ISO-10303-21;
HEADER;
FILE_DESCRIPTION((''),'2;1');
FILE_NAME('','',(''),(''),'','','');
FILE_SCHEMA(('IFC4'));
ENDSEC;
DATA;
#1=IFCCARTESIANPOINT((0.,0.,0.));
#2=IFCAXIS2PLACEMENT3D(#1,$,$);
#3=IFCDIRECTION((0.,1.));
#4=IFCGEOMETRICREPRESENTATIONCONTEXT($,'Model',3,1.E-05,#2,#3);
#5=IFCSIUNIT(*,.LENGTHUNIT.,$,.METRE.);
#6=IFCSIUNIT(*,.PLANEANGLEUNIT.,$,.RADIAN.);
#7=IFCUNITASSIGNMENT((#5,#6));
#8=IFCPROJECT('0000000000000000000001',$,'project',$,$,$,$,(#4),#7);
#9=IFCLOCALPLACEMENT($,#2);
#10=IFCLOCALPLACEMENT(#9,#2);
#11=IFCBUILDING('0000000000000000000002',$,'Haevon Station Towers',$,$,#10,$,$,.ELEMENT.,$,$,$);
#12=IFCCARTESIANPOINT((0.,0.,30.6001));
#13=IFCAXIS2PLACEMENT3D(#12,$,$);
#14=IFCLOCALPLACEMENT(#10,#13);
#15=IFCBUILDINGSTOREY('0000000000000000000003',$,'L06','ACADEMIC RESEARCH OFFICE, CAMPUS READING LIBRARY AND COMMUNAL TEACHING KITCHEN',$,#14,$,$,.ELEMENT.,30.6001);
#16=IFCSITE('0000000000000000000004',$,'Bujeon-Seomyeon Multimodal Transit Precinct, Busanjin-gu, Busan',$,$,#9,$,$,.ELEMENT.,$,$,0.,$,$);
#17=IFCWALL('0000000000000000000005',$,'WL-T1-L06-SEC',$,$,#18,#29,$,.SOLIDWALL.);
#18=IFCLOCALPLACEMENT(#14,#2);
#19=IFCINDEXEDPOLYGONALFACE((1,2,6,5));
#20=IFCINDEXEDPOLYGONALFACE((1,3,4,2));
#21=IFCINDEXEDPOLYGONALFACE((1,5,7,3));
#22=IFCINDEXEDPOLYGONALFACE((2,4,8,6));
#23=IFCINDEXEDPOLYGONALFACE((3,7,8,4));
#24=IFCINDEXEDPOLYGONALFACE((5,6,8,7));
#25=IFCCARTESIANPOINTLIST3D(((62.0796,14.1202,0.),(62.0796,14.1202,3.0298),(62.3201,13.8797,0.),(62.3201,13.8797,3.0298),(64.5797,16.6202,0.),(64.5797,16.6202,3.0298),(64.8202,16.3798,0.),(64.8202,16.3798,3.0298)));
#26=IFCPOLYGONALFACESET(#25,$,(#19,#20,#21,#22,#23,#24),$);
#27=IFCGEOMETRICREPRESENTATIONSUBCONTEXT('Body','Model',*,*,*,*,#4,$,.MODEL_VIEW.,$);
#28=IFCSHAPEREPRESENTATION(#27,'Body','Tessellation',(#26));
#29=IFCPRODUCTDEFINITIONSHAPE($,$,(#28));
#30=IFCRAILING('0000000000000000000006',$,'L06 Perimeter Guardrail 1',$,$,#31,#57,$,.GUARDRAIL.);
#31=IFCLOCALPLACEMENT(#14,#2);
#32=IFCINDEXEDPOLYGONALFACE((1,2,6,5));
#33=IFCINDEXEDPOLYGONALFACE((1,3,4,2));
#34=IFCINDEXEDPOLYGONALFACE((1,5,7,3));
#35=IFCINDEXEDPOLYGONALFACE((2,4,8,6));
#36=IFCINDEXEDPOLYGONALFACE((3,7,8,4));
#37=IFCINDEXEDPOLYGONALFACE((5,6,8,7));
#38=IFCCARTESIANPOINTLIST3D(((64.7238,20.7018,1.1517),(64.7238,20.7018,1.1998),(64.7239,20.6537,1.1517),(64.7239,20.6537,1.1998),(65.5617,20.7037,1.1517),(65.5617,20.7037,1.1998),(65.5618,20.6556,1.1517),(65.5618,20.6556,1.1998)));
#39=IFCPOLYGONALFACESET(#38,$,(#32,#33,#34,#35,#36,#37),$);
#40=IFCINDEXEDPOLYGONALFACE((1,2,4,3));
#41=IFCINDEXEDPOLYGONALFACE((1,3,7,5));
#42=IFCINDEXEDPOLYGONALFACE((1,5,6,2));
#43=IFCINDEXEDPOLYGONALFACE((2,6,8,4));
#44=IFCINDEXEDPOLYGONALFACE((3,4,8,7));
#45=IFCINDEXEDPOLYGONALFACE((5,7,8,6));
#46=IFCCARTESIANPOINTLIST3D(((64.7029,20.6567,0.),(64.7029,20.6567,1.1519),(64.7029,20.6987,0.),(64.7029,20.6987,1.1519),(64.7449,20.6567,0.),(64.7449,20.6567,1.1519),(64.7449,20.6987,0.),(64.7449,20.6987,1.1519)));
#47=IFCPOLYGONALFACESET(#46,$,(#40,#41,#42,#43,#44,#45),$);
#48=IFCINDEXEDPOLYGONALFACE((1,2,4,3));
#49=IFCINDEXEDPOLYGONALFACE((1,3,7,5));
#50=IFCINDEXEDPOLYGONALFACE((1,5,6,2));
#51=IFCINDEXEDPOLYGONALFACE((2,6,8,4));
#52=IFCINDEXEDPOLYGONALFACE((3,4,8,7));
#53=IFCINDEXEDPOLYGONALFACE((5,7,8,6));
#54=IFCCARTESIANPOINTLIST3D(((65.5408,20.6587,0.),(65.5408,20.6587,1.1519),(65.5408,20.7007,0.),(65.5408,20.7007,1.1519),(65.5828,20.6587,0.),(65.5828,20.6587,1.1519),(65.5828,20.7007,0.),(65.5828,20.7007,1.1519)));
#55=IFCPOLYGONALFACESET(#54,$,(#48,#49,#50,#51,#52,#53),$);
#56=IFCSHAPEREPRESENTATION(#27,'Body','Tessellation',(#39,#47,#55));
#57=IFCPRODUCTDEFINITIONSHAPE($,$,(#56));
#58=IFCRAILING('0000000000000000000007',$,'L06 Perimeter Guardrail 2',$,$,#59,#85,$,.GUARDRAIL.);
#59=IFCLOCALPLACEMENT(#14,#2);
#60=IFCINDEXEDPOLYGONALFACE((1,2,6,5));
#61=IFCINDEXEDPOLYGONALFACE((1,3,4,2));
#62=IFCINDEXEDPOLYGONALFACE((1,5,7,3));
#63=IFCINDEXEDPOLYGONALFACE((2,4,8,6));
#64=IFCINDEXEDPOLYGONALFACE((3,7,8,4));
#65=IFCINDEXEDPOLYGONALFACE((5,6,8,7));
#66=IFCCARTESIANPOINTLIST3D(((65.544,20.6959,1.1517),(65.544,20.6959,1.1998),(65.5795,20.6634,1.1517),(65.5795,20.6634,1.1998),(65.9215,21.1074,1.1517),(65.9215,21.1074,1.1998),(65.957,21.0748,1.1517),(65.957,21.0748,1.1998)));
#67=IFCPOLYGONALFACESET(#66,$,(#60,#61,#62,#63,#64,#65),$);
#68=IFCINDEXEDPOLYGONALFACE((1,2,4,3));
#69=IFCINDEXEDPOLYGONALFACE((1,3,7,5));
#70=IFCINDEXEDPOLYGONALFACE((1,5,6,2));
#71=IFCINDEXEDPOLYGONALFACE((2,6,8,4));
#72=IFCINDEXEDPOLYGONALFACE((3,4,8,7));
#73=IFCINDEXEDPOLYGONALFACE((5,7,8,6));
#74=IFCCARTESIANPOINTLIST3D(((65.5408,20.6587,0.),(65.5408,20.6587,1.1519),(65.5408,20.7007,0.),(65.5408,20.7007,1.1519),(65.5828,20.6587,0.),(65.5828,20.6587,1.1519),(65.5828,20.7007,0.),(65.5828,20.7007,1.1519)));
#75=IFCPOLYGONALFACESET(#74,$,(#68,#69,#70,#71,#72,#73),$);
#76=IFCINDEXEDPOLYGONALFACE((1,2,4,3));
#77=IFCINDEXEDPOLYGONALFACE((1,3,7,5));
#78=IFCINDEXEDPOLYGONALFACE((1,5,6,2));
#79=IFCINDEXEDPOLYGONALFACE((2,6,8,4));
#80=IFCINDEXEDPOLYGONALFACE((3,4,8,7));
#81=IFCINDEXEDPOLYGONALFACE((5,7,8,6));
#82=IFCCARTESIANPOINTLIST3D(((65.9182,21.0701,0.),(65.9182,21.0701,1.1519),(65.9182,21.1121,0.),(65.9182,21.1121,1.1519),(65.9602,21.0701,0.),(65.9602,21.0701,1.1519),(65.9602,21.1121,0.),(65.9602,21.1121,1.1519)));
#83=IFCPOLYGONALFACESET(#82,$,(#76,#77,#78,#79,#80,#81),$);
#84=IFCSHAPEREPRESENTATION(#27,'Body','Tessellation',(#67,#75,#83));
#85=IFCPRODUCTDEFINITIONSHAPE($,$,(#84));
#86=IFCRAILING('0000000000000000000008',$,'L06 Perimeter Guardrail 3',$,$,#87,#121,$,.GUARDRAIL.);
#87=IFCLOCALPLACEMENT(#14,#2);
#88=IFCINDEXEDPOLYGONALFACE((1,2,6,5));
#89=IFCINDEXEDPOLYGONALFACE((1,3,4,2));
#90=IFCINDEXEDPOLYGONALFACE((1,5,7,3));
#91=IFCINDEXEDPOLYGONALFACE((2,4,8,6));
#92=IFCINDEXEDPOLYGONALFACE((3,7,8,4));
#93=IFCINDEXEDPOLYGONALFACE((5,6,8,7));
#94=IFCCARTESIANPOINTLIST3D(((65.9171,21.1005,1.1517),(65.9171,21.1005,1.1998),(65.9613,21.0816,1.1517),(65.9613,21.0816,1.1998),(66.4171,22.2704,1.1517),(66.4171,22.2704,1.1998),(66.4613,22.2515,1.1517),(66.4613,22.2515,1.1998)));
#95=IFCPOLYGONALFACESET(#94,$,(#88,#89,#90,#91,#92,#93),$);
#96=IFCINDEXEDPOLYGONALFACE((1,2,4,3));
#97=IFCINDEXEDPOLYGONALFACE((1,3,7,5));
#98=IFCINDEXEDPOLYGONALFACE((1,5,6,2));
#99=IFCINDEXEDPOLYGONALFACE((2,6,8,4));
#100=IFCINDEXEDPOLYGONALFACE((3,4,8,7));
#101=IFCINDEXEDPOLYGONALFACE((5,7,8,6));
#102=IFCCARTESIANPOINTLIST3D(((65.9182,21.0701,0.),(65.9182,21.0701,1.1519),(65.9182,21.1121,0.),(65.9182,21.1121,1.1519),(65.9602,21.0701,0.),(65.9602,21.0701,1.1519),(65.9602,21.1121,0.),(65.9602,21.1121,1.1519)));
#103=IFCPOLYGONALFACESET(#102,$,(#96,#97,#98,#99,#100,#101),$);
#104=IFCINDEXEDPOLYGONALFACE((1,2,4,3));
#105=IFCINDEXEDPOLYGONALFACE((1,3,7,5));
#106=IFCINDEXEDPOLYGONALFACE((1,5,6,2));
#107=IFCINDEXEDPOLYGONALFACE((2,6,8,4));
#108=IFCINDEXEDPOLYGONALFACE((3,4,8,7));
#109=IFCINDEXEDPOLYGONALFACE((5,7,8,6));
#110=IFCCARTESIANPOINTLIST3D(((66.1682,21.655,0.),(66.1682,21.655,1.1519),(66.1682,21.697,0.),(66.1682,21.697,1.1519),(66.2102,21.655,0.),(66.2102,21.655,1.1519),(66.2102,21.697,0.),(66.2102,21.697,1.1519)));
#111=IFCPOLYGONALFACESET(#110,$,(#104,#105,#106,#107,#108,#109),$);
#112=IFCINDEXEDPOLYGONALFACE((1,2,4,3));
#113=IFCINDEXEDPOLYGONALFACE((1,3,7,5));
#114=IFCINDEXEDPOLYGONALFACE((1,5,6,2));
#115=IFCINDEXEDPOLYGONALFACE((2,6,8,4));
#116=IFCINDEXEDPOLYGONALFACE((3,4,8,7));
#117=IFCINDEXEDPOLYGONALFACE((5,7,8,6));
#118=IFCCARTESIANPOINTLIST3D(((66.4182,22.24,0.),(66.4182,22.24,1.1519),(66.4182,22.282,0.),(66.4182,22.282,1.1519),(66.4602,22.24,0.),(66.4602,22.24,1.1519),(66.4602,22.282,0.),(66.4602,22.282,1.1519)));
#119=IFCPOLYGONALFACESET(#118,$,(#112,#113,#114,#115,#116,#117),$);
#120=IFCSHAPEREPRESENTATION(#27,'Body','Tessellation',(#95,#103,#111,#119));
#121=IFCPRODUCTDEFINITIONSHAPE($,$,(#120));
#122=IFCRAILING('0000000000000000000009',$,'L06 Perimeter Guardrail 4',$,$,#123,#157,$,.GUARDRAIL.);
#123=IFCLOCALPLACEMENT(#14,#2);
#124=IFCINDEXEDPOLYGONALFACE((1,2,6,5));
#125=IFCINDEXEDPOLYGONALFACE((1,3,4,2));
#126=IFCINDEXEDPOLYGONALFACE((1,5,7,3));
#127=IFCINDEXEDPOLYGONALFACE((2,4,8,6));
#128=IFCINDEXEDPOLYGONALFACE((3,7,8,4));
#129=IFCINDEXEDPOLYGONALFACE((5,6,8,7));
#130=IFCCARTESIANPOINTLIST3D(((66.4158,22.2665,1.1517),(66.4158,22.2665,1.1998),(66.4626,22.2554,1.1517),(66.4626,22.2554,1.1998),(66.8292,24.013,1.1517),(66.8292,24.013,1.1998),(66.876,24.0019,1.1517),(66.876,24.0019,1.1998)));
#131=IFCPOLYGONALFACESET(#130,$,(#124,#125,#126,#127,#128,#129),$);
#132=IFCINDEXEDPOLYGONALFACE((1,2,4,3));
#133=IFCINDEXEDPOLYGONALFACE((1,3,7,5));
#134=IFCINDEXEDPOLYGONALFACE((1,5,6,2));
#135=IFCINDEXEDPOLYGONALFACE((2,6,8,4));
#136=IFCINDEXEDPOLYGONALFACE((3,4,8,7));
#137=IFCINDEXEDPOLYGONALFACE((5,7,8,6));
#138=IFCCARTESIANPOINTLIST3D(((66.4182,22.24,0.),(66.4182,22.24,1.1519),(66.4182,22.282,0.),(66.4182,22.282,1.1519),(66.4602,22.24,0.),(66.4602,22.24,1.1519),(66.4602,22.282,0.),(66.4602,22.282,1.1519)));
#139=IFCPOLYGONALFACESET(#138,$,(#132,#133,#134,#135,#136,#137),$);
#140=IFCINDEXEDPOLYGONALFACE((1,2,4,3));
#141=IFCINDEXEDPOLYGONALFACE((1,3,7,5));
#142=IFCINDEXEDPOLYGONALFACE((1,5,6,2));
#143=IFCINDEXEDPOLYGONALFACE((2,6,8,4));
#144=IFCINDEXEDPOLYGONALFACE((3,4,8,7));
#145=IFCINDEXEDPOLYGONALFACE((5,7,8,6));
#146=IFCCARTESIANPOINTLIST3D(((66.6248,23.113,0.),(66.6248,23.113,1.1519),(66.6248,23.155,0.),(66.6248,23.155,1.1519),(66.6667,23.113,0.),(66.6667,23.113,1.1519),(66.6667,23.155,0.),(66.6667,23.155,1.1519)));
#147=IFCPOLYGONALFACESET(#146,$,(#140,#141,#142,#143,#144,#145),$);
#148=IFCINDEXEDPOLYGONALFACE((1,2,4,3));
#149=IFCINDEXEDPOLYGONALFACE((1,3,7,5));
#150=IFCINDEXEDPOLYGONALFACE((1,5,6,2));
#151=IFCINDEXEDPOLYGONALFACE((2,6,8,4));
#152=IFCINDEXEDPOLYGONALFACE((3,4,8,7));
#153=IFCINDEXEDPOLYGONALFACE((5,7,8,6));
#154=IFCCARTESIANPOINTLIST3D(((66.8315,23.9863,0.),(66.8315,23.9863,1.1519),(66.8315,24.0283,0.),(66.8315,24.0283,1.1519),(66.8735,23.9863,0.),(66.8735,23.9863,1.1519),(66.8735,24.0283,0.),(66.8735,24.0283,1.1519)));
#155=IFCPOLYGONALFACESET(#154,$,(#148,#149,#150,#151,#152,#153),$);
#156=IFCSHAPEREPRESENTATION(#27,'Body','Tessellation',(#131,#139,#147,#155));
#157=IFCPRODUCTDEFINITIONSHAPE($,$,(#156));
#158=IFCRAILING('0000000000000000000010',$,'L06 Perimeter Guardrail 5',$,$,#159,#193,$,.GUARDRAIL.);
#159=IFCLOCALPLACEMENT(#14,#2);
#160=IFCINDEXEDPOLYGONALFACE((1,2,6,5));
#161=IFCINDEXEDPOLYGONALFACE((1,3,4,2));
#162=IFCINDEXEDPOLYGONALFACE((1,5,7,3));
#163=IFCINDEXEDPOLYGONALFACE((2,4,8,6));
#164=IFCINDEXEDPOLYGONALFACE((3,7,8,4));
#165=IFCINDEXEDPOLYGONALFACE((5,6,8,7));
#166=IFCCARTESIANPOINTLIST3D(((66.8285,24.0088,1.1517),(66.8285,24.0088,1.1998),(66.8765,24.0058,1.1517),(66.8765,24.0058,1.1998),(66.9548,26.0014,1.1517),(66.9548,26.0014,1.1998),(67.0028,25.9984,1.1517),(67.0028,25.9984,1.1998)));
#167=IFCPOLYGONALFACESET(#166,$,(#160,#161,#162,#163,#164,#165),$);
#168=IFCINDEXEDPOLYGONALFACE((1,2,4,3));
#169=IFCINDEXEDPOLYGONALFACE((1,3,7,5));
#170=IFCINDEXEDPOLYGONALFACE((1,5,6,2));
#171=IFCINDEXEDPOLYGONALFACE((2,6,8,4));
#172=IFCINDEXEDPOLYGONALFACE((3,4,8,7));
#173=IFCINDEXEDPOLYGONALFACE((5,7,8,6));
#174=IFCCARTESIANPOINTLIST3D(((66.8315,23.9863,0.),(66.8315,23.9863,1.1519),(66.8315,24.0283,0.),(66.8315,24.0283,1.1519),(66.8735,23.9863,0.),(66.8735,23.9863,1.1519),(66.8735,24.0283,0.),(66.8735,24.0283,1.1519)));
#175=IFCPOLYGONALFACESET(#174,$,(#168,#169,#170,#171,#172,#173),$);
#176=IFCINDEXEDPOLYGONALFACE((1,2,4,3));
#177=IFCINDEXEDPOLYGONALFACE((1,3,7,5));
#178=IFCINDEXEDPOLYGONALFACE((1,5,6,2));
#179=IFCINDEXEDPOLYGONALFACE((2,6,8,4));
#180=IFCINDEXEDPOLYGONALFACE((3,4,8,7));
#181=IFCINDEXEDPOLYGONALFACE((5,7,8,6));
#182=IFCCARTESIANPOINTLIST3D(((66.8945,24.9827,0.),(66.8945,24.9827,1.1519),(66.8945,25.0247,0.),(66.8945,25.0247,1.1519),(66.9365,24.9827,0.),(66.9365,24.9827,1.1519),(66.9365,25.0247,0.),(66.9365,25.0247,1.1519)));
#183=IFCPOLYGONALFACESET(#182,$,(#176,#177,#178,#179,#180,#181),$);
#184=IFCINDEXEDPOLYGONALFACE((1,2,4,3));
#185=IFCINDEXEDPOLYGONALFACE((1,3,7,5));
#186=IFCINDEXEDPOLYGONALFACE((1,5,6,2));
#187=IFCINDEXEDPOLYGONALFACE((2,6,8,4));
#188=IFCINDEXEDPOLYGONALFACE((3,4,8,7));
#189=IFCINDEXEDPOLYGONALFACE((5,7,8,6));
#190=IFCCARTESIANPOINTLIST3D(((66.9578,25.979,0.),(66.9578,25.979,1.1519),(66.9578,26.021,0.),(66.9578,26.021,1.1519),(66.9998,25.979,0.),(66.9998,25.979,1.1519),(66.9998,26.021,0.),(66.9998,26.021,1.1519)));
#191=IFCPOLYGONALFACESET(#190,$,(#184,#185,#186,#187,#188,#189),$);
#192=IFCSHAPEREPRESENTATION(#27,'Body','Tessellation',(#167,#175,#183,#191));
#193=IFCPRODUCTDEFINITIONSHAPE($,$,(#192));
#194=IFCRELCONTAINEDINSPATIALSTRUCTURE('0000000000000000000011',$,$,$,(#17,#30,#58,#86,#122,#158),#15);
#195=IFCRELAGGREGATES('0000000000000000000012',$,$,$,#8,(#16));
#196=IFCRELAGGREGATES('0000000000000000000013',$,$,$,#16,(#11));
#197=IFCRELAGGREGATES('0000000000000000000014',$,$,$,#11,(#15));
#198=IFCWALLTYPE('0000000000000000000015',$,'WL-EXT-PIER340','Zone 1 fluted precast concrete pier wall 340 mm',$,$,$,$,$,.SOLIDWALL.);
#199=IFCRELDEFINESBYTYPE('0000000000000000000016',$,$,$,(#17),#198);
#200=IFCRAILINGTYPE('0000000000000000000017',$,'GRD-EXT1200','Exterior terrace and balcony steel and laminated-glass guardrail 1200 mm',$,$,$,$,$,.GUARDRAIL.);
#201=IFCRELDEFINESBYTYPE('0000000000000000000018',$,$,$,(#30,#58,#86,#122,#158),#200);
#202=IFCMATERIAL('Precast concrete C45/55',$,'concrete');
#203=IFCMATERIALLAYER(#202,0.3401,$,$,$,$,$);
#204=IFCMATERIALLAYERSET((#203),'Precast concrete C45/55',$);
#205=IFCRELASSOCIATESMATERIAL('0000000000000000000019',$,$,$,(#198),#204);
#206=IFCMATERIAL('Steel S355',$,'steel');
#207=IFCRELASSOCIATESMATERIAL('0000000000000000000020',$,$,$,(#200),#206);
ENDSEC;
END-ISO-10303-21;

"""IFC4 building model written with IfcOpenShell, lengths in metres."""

from ifc_helpers import new_model, si_unit, direction, frame, frame_2d, origin, origin_2d, place, context, subcontext, project, spatial, rectangle, extrude, material, layer, layer_set, type_object, element, save


model = new_model("IFC4")

# Units and contexts
model_context = context("Model", 3, precision=1e-05, world=origin(), true_north=direction((0.0, 1.0)))
body_context = subcontext(model_context, "Body", "Model", "MODEL_VIEW")
ifc_project = project(units=[si_unit("LENGTHUNIT", "METRE"), si_unit("PLANEANGLEUNIT", "RADIAN")], contexts=[model_context])

# Site, building, storey
site_placement = place(None, origin())
site = spatial("IfcSite", under=ifc_project, at=site_placement, Name="Bujeon-Seomyeon Multimodal Transit Precinct, Busanjin-gu, Busan", CompositionType="ELEMENT", RefElevation=0.0)
building_placement = place(site_placement, origin())
building = spatial("IfcBuilding", under=site, at=building_placement, Name="Haevon Station Towers", CompositionType="ELEMENT")
storey_placement = place(building_placement, frame((0.0, 0.0, 30.6001)))
storey = spatial("IfcBuildingStorey", under=building, at=storey_placement, Name="L06", Description="ACADEMIC RESEARCH OFFICE, CAMPUS READING LIBRARY AND COMMUNAL TEACHING KITCHEN", CompositionType="ELEMENT", Elevation=30.6001)

# Wall
ifc_material_1 = material(Name="Precast concrete C45/55", Category="concrete")
ifc_layer_1 = layer(ifc_material_1, 0.3401)
ifc_layer_set_1 = layer_set([ifc_layer_1], Name="Precast concrete C45/55")
wall_type = type_object("IfcWallType", Name="WL-EXT-PIER340", Description="Zone 1 fluted precast concrete pier wall 340 mm", PredefinedType="SOLIDWALL", material=ifc_layer_set_1)
wall_placement = place(storey_placement, frame((64.7, 16.5, 0.0), z_axis=(0.0, 0.0, 1.0), x_axis=(-0.707107, -0.707107, 0.0)))
element("IfcWall", 1, at=wall_placement, inside=storey, type_object=wall_type, Name="WL-T1-L06-SEC", PredefinedType="SOLIDWALL", context=body_context, shape_type="SweptSolid", body=[
    extrude(rectangle(XDim=3.5356, YDim=0.3401, at=frame_2d((1.7678, 0.0))), origin(), (0.0, 0.0, 1.0), 3.0298),
])

# Railings
ifc_material_2 = material(Name="Steel S355", Category="steel")
railing_type = type_object("IfcRailingType", Name="GRD-EXT1200", Description="Exterior terrace and balcony steel and laminated-glass guardrail 1200 mm", PredefinedType="GUARDRAIL", material=ifc_material_2)
railing_1_placement = place(storey_placement, frame((64.7239, 20.6777, 0.0)))
element("IfcRailing", 2, at=railing_1_placement, inside=storey, type_object=railing_type, Name="L06 Perimeter Guardrail 1", PredefinedType="GUARDRAIL", context=body_context, shape_type="SweptSolid", body=[
    extrude(rectangle(XDim=0.0481, YDim=0.0481, at=origin_2d()), frame((0.0, 0.0, 1.1758), z_axis=(0.999997, 0.002331, 0.0), x_axis=(-0.002331, 0.999997, 0.0)), (0.0, 0.0, 1.0), 0.8379),
    extrude(rectangle(XDim=0.042, YDim=0.042, at=origin_2d()), origin(), (0.0, 0.0, 1.0), 1.1519),
    extrude(rectangle(XDim=0.042, YDim=0.042, at=origin_2d()), frame((0.8379, 0.002, 0.0)), (0.0, 0.0, 1.0), 1.1519),
])
railing_2_placement = place(storey_placement, frame((65.5618, 20.6797, 0.0)))
element("IfcRailing", 3, at=railing_2_placement, inside=storey, type_object=railing_type, Name="L06 Perimeter Guardrail 2", PredefinedType="GUARDRAIL", context=body_context, shape_type="SweptSolid", body=[
    extrude(rectangle(XDim=0.0481, YDim=0.0481, at=origin_2d()), frame((0.0, 0.0, 1.1758), z_axis=(0.676061, 0.736845, 0.0), x_axis=(-0.736845, 0.676061, 0.0)), (0.0, 0.0, 1.0), 0.5583),
    extrude(rectangle(XDim=0.042, YDim=0.042, at=origin_2d()), origin(), (0.0, 0.0, 1.0), 1.1519),
    extrude(rectangle(XDim=0.042, YDim=0.042, at=origin_2d()), frame((0.3774, 0.4114, 0.0)), (0.0, 0.0, 1.0), 1.1519),
])
railing_3_placement = place(storey_placement, frame((65.9392, 21.0911, 0.0)))
element("IfcRailing", 4, at=railing_3_placement, inside=storey, type_object=railing_type, Name="L06 Perimeter Guardrail 3", PredefinedType="GUARDRAIL", context=body_context, shape_type="SweptSolid", body=[
    extrude(rectangle(XDim=0.0481, YDim=0.0481, at=origin_2d()), frame((0.0, 0.0, 1.1758), z_axis=(0.392993, 0.919542, 0.0), x_axis=(-0.919542, 0.392993, 0.0)), (0.0, 0.0, 1.0), 1.2722),
    extrude(rectangle(XDim=0.042, YDim=0.042, at=origin_2d()), origin(), (0.0, 0.0, 1.0), 1.1519),
    extrude(rectangle(XDim=0.042, YDim=0.042, at=origin_2d()), frame((0.25, 0.585, 0.0)), (0.0, 0.0, 1.0), 1.1519),
    extrude(rectangle(XDim=0.042, YDim=0.042, at=origin_2d()), frame((0.5, 1.1699, 0.0)), (0.0, 0.0, 1.0), 1.1519),
])
railing_4_placement = place(storey_placement, frame((66.4392, 22.261, 0.0)))
element("IfcRailing", 5, at=railing_4_placement, inside=storey, type_object=railing_type, Name="L06 Perimeter Guardrail 4", PredefinedType="GUARDRAIL", context=body_context, shape_type="SweptSolid", body=[
    extrude(rectangle(XDim=0.0481, YDim=0.0481, at=origin_2d()), frame((0.0, 0.0, 1.1758), z_axis=(0.230321, 0.973115, 0.0), x_axis=(-0.973115, 0.230321, 0.0)), (0.0, 0.0, 1.0), 1.7947),
    extrude(rectangle(XDim=0.042, YDim=0.042, at=origin_2d()), origin(), (0.0, 0.0, 1.0), 1.1519),
    extrude(rectangle(XDim=0.042, YDim=0.042, at=origin_2d()), frame((0.2065, 0.873, 0.0)), (0.0, 0.0, 1.0), 1.1519),
    extrude(rectangle(XDim=0.042, YDim=0.042, at=origin_2d()), frame((0.4133, 1.7463, 0.0)), (0.0, 0.0, 1.0), 1.1519),
])
railing_5_placement = place(storey_placement, frame((66.8525, 24.0073, 0.0)))
element("IfcRailing", 6, at=railing_5_placement, inside=storey, type_object=railing_type, Name="L06 Perimeter Guardrail 5", PredefinedType="GUARDRAIL", context=body_context, shape_type="SweptSolid", body=[
    extrude(rectangle(XDim=0.0481, YDim=0.0481, at=origin_2d()), frame((0.0, 0.0, 1.1758), z_axis=(0.063216, 0.998, 0.0), x_axis=(-0.998, 0.063216, 0.0)), (0.0, 0.0, 1.0), 1.9966),
    extrude(rectangle(XDim=0.042, YDim=0.042, at=origin_2d()), origin(), (0.0, 0.0, 1.0), 1.1519),
    extrude(rectangle(XDim=0.042, YDim=0.042, at=origin_2d()), frame((0.063, 0.9963, 0.0)), (0.0, 0.0, 1.0), 1.1519),
    extrude(rectangle(XDim=0.042, YDim=0.042, at=origin_2d()), frame((0.1262, 1.9927, 0.0)), (0.0, 0.0, 1.0), 1.1519),
])

save(model, "model.ifc")
